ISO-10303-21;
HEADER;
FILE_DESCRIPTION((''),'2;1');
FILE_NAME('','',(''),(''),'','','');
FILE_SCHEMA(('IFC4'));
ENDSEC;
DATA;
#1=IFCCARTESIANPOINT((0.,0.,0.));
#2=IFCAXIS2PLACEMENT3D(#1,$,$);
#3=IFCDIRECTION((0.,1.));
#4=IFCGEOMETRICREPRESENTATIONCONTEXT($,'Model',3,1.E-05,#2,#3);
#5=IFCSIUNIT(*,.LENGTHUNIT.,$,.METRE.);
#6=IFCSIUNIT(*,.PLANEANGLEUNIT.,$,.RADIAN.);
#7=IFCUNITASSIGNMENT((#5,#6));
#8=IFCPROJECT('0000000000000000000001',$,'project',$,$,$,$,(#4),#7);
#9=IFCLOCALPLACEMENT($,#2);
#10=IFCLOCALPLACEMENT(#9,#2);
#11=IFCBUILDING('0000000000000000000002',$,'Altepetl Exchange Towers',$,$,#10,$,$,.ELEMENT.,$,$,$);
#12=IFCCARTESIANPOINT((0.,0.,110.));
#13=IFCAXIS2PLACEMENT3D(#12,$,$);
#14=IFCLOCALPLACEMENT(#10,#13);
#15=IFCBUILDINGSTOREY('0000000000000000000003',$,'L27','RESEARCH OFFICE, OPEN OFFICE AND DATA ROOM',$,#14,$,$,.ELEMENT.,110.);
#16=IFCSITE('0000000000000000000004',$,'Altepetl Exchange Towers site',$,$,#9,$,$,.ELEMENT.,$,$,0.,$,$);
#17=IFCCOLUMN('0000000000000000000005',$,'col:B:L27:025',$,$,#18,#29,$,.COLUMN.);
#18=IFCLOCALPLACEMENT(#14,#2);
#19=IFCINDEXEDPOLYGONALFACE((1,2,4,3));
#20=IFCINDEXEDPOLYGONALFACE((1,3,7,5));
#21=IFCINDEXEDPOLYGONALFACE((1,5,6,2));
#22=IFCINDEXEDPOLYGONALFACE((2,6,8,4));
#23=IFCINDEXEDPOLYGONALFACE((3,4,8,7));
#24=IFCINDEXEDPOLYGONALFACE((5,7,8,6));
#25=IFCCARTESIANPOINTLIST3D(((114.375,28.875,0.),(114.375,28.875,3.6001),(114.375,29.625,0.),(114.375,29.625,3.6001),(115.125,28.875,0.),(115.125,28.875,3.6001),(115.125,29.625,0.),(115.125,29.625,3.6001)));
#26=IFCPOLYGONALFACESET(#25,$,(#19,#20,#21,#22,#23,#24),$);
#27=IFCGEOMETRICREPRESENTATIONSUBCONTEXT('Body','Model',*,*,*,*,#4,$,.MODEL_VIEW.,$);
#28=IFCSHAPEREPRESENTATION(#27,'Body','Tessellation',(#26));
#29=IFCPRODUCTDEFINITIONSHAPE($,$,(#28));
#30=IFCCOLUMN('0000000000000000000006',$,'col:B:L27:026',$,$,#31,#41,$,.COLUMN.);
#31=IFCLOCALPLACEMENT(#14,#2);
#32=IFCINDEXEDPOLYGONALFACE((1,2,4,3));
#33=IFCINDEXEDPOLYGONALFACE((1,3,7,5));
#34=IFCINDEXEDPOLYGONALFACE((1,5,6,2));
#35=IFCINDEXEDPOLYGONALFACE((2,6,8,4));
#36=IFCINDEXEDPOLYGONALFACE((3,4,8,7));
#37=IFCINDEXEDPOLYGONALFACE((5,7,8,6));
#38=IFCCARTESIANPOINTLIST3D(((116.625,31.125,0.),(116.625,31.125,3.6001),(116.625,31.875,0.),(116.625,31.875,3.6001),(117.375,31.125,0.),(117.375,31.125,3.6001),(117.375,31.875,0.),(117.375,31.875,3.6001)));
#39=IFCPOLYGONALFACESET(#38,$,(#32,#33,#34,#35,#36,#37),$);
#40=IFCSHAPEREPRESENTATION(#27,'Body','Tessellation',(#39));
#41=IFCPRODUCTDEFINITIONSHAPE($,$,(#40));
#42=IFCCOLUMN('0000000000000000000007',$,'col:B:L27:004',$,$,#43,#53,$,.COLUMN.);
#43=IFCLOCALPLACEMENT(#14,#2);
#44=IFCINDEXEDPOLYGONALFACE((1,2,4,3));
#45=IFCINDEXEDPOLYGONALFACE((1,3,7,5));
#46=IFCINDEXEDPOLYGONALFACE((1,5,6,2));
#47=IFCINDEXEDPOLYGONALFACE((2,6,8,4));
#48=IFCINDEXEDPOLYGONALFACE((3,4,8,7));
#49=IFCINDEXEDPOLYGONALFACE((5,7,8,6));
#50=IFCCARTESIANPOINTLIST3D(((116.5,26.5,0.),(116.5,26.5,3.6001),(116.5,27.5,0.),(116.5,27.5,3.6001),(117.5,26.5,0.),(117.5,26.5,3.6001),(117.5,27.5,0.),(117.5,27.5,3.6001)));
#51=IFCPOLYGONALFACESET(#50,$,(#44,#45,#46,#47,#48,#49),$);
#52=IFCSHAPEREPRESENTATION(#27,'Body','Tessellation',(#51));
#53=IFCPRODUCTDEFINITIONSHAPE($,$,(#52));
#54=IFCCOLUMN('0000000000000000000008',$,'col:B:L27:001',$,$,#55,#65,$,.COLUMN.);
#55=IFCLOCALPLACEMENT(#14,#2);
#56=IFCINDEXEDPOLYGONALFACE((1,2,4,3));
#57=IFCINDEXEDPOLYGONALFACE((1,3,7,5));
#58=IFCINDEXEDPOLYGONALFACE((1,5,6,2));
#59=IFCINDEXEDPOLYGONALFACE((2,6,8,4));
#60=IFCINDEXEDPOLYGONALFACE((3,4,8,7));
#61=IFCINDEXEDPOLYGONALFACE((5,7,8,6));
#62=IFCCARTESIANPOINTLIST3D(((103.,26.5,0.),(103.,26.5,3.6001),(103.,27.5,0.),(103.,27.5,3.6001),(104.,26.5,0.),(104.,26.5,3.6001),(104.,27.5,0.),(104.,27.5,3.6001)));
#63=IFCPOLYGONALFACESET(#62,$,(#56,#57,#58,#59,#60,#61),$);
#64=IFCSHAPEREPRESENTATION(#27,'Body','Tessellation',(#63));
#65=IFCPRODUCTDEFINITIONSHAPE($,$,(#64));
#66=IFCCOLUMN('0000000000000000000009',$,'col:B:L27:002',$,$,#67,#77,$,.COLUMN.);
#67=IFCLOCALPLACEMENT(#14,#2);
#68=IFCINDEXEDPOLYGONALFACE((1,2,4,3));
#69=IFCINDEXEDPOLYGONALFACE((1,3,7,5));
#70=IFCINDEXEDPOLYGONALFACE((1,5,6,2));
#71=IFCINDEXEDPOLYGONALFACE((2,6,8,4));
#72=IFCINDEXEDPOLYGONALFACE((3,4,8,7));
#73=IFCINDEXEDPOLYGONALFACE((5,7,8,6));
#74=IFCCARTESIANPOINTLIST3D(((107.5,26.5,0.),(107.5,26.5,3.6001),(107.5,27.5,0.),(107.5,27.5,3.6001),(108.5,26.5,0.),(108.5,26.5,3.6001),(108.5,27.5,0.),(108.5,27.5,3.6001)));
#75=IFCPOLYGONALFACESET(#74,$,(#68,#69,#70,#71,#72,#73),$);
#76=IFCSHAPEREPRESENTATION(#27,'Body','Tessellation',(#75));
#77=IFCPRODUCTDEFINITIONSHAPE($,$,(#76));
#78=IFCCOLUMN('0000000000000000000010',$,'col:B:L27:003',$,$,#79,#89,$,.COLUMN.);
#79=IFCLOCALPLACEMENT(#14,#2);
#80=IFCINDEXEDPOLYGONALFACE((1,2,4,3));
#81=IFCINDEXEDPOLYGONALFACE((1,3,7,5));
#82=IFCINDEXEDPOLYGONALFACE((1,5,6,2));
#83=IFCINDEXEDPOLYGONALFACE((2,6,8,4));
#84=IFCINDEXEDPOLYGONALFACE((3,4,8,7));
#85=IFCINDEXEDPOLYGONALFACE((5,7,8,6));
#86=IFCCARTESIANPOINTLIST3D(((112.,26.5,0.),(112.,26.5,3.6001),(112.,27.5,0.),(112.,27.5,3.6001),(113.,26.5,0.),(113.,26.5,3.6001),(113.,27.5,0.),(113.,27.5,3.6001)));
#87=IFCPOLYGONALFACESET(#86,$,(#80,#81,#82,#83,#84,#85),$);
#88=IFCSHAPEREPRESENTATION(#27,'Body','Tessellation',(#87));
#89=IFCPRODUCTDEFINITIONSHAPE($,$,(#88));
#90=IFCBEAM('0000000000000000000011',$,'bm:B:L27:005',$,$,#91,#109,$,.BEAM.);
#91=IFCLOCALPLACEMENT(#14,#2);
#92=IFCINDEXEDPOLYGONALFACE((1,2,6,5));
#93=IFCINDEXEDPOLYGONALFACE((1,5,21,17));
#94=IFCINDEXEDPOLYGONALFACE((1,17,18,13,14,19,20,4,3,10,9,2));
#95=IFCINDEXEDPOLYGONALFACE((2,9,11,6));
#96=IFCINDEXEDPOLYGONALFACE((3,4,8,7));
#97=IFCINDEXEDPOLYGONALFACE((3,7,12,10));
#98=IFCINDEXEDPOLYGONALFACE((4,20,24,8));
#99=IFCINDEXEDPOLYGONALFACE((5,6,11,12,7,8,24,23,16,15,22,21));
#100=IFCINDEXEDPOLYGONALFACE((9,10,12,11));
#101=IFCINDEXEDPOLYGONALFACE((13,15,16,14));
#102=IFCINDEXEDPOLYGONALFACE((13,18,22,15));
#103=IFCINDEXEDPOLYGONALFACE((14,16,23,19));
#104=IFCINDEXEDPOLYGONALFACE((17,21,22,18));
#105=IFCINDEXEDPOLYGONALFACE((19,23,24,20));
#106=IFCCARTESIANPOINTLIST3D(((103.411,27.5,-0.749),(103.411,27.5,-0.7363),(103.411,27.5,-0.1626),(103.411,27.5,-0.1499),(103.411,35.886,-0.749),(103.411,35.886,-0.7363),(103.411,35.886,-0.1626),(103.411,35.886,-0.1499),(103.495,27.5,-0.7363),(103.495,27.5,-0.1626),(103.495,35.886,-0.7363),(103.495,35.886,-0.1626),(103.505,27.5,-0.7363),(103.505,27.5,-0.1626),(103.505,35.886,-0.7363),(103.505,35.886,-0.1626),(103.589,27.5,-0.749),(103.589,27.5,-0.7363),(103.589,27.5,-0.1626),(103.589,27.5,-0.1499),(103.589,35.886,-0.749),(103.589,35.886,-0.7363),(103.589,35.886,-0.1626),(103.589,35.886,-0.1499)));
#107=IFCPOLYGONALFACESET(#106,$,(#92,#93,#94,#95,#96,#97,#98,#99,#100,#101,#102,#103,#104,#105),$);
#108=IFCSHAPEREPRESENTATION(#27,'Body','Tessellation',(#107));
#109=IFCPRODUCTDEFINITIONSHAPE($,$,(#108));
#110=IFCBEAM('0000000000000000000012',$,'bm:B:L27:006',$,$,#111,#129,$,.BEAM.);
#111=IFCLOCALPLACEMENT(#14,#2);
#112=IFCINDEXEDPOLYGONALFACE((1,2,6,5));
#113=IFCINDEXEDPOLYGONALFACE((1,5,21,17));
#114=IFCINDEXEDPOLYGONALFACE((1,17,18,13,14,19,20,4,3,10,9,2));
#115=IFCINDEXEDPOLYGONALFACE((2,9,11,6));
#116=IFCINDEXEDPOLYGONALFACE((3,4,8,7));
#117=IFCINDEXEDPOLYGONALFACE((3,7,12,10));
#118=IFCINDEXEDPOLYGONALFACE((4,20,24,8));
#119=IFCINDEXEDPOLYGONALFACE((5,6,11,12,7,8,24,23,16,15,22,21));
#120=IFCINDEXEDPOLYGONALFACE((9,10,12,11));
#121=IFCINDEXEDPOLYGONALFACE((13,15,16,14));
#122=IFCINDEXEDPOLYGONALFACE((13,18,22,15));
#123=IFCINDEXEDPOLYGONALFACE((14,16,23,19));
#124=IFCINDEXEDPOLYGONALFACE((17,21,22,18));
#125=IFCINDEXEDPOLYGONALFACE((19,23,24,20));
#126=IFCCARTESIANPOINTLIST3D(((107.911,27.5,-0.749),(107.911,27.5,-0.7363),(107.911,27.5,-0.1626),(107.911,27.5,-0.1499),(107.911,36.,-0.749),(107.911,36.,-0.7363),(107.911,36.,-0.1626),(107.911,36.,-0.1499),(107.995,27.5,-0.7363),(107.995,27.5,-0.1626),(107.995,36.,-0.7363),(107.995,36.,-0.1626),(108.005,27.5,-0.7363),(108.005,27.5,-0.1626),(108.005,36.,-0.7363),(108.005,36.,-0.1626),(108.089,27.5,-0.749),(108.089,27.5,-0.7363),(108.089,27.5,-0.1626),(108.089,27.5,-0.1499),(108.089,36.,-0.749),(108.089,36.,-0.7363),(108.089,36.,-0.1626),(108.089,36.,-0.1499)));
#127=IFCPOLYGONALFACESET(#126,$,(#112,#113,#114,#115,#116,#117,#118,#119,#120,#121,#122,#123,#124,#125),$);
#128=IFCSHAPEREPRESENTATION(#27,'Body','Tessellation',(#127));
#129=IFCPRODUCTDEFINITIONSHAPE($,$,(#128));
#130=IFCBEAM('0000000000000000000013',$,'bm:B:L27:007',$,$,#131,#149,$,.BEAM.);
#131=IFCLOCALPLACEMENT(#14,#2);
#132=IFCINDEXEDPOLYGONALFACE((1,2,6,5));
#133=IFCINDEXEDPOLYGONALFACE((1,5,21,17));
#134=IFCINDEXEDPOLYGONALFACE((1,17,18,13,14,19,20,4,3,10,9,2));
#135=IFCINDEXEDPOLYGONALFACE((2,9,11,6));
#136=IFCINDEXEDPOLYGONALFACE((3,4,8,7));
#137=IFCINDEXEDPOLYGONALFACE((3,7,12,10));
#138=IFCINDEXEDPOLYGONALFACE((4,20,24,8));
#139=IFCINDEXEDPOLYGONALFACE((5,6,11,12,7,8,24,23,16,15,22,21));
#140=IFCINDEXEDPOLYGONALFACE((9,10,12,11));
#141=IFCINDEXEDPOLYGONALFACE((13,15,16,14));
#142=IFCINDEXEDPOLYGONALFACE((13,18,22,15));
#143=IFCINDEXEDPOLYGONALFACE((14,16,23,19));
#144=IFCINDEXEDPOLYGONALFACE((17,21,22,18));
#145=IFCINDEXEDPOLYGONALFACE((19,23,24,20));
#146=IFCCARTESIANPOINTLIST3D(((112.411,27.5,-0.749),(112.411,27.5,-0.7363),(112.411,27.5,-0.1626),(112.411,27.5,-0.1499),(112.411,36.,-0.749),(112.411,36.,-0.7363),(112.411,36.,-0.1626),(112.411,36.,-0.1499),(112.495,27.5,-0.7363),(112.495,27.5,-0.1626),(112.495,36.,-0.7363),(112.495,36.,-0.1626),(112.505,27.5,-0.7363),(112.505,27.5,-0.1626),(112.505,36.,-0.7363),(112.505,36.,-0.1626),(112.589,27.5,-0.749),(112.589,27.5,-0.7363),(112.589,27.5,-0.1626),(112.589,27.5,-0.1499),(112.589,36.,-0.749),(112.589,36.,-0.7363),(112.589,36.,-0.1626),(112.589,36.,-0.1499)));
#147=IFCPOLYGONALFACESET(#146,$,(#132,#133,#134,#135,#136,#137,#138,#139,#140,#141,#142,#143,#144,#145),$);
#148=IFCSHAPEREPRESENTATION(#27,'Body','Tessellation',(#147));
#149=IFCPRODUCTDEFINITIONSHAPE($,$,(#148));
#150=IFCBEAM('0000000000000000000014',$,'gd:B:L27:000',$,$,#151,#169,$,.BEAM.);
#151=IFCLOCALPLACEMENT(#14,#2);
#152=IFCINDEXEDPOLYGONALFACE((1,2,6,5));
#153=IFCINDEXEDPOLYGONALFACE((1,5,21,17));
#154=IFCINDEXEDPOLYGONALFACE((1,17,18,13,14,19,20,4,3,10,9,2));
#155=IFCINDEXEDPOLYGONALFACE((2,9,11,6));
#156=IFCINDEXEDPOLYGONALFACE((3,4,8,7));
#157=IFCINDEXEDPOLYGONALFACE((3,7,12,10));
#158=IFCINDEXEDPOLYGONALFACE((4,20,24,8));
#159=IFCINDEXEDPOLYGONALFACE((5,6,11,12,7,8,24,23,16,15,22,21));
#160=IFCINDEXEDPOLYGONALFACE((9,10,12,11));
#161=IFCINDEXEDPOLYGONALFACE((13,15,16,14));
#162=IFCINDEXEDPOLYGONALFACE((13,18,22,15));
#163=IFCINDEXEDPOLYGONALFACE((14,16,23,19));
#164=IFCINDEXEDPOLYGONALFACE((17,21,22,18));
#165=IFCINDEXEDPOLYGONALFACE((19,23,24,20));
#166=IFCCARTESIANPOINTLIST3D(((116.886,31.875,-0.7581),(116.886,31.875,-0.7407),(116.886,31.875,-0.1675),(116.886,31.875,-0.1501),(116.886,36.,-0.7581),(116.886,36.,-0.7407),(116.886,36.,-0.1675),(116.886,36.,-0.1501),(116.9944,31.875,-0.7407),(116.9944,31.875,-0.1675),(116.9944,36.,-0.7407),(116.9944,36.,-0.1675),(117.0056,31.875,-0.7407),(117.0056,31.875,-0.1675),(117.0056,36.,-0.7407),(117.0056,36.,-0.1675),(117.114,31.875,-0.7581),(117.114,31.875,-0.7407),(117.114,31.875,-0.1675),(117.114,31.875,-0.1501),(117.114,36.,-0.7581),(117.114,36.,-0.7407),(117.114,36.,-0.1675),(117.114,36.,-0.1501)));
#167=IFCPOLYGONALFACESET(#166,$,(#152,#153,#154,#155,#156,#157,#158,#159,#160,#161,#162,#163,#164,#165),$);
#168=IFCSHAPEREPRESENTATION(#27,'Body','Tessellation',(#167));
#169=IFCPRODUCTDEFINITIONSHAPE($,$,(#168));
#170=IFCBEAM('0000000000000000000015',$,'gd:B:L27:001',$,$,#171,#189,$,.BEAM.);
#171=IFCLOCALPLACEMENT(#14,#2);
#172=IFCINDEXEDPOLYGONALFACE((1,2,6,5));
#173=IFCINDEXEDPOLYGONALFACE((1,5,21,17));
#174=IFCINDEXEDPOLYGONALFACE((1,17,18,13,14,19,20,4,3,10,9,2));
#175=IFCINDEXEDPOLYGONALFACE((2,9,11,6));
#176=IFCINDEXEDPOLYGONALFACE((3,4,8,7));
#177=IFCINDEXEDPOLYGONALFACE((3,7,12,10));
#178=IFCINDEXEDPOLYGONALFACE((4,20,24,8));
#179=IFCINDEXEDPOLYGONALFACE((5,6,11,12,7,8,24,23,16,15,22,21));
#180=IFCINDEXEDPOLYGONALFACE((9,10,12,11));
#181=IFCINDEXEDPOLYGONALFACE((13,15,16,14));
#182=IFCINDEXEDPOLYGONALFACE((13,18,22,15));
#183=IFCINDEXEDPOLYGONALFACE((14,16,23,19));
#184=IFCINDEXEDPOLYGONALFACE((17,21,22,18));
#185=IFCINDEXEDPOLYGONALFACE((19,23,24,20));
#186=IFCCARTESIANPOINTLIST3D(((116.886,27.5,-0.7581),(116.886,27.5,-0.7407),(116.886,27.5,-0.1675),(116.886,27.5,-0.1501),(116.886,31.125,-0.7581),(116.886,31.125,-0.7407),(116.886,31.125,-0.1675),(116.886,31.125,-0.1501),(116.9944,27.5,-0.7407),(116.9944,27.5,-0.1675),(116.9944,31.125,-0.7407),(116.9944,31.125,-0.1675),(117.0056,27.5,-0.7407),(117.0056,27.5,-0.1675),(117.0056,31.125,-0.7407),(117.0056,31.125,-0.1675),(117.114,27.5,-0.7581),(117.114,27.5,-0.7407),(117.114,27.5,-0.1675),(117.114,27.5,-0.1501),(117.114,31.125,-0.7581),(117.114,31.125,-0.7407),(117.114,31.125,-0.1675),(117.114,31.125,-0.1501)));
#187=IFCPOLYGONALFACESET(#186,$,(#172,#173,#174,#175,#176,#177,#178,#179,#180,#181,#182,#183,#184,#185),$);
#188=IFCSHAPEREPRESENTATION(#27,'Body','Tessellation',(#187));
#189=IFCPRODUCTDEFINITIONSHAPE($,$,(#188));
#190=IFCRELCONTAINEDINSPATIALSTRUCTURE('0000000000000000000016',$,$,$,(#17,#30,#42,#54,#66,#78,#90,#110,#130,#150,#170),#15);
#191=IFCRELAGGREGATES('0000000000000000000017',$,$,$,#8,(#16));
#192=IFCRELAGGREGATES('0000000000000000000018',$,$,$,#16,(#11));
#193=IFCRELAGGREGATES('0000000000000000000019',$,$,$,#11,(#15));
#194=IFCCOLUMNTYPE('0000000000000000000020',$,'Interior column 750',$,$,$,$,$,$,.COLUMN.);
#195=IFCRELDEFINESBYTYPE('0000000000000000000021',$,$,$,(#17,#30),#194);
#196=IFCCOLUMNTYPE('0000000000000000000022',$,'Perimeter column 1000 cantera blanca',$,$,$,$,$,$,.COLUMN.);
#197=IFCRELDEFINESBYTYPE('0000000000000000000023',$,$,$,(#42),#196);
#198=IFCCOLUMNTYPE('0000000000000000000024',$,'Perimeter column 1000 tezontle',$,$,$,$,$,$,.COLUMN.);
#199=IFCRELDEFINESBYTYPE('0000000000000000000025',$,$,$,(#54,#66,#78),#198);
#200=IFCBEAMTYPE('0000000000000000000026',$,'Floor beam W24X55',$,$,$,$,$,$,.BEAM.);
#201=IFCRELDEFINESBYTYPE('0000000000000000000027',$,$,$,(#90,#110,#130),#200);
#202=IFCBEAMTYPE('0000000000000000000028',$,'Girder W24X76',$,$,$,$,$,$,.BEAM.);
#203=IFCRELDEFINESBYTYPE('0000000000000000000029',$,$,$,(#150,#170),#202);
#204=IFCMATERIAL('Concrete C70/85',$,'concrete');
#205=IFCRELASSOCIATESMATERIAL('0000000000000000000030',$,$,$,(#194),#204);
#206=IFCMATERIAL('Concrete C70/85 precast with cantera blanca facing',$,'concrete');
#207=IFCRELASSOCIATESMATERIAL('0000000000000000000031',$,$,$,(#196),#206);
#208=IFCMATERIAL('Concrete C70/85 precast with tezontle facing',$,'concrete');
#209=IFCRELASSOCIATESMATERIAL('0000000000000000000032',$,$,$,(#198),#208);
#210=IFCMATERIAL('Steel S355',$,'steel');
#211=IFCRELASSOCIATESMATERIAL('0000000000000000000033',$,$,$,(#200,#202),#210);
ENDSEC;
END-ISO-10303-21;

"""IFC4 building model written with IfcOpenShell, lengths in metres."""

from ifc_helpers import new_model, si_unit, direction, frame, origin, origin_2d, place, context, subcontext, project, spatial, rectangle, i_section, extrude, material, material_profile, profile_set, type_object, element, save


model = new_model("IFC4")

# Units and contexts
model_context = context("Model", 3, precision=1e-05, world=origin(), true_north=direction((0.0, 1.0)))
body_context = subcontext(model_context, "Body", "Model", "MODEL_VIEW")
ifc_project = project(units=[si_unit("LENGTHUNIT", "METRE"), si_unit("PLANEANGLEUNIT", "RADIAN")], contexts=[model_context])

# Site, building, storey
site_placement = place(None, origin())
site = spatial("IfcSite", under=ifc_project, at=site_placement, Name="Altepetl Exchange Towers site", CompositionType="ELEMENT", RefElevation=0.0)
building_placement = place(site_placement, origin())
building = spatial("IfcBuilding", under=site, at=building_placement, Name="Altepetl Exchange Towers", CompositionType="ELEMENT")
storey_placement = place(building_placement, frame((0.0, 0.0, 110.0)))
storey = spatial("IfcBuildingStorey", under=building, at=storey_placement, Name="L27", Description="RESEARCH OFFICE, OPEN OFFICE AND DATA ROOM", CompositionType="ELEMENT", Elevation=110.0)

# Columns
ifc_material_1 = material(Name="Concrete C70/85", Category="concrete")
ifc_material_profile_1 = material_profile(ifc_material_1, rectangle(XDim=0.75, YDim=0.75, at=origin_2d()), Name="750 x 750")
ifc_profile_set_1 = profile_set([ifc_material_profile_1], Name="Concrete C70/85")
column_type_1 = type_object("IfcColumnType", Name="Interior column 750", PredefinedType="COLUMN", material=ifc_profile_set_1)
for number, where, name in (
    (1, (114.75, 29.25, 0.0), "col:B:L27:025"),
    (2, (117.0, 31.5, 0.0), "col:B:L27:026"),
):
    element("IfcColumn", number, at=place(storey_placement, frame(where)), inside=storey, type_object=column_type_1, Name=name, PredefinedType="COLUMN", context=body_context, shape_type="SweptSolid", body=[
        extrude(rectangle(XDim=0.75, YDim=0.75, at=origin_2d()), origin(), (0.0, 0.0, 1.0), 3.6001),
    ])
ifc_material_2 = material(Name="Concrete C70/85 precast with cantera blanca facing", Category="concrete")
ifc_material_profile_2 = material_profile(ifc_material_2, rectangle(XDim=1.0, YDim=1.0, at=origin_2d()), Name="1000 x 1000")
ifc_profile_set_2 = profile_set([ifc_material_profile_2], Name="Concrete C70/85 precast with cantera blanca facing")
column_type_2 = type_object("IfcColumnType", Name="Perimeter column 1000 cantera blanca", PredefinedType="COLUMN", material=ifc_profile_set_2)
column_placement = place(storey_placement, frame((117.0, 27.0, 0.0)))
element("IfcColumn", 3, at=column_placement, inside=storey, type_object=column_type_2, Name="col:B:L27:004", PredefinedType="COLUMN", context=body_context, shape_type="SweptSolid", body=[
    extrude(rectangle(XDim=1.0, YDim=1.0, at=origin_2d()), origin(), (0.0, 0.0, 1.0), 3.6001),
])
ifc_material_3 = material(Name="Concrete C70/85 precast with tezontle facing", Category="concrete")
ifc_material_profile_3 = material_profile(ifc_material_3, rectangle(XDim=1.0, YDim=1.0, at=origin_2d()), Name="1000 x 1000")
ifc_profile_set_3 = profile_set([ifc_material_profile_3], Name="Concrete C70/85 precast with tezontle facing")
column_type_3 = type_object("IfcColumnType", Name="Perimeter column 1000 tezontle", PredefinedType="COLUMN", material=ifc_profile_set_3)
for number, where, name in (
    (4, (103.5, 27.0, 0.0), "col:B:L27:001"),
    (5, (108.0, 27.0, 0.0), "col:B:L27:002"),
    (6, (112.5, 27.0, 0.0), "col:B:L27:003"),
):
    element("IfcColumn", number, at=place(storey_placement, frame(where)), inside=storey, type_object=column_type_3, Name=name, PredefinedType="COLUMN", context=body_context, shape_type="SweptSolid", body=[
        extrude(rectangle(XDim=1.0, YDim=1.0, at=origin_2d()), origin(), (0.0, 0.0, 1.0), 3.6001),
    ])

# Beams
ifc_material_4 = material(Name="Steel S355", Category="steel")
ifc_material_profile_4 = material_profile(ifc_material_4, i_section(OverallWidth=0.178, OverallDepth=0.5991, WebThickness=0.01, FlangeThickness=0.0127, at=origin_2d()), Name="W24X55")
ifc_profile_set_4 = profile_set([ifc_material_profile_4], Name="Steel S355")
beam_type_1 = type_object("IfcBeamType", Name="Floor beam W24X55", PredefinedType="BEAM", material=ifc_profile_set_4)
beam_1_placement = place(storey_placement, frame((103.5, 27.5, -0.4495), z_axis=(0.0, 1.0, 0.0), x_axis=(-1.0, 0.0, 0.0)))
element("IfcBeam", 7, at=beam_1_placement, inside=storey, type_object=beam_type_1, Name="bm:B:L27:005", PredefinedType="BEAM", context=body_context, shape_type="SweptSolid", body=[
    extrude(i_section(OverallWidth=0.178, OverallDepth=0.5991, WebThickness=0.01, FlangeThickness=0.0127, at=origin_2d()), origin(), (0.0, 0.0, 1.0), 8.386),
])
for number, where, z_axis, x_axis, name in (
    (8, (108.0, 27.5, -0.4495), (0.0, 1.0, 0.0), (-1.0, 0.0, 0.0), "bm:B:L27:006"),
    (9, (112.5, 27.5, -0.4495), (0.0, 1.0, 0.0), (-1.0, 0.0, 0.0), "bm:B:L27:007"),
):
    element("IfcBeam", number, at=place(storey_placement, frame(where, z_axis=z_axis, x_axis=x_axis)), inside=storey, type_object=beam_type_1, Name=name, PredefinedType="BEAM", context=body_context, shape_type="SweptSolid", body=[
        extrude(i_section(OverallWidth=0.178, OverallDepth=0.5991, WebThickness=0.01, FlangeThickness=0.0127, at=origin_2d()), origin(), (0.0, 0.0, 1.0), 8.5),
    ])
ifc_material_profile_5 = material_profile(ifc_material_4, i_section(OverallWidth=0.228, OverallDepth=0.6079, WebThickness=0.0112, FlangeThickness=0.0173, at=origin_2d()), Name="W24X76")
ifc_profile_set_5 = profile_set([ifc_material_profile_5], Name="Steel S355")
beam_type_2 = type_object("IfcBeamType", Name="Girder W24X76", PredefinedType="BEAM", material=ifc_profile_set_5)
beam_2_placement = place(storey_placement, frame((117.0, 36.0, -0.4541), z_axis=(0.0, -1.0, 0.0), x_axis=(1.0, 0.0, 0.0)))
element("IfcBeam", 10, at=beam_2_placement, inside=storey, type_object=beam_type_2, Name="gd:B:L27:000", PredefinedType="BEAM", context=body_context, shape_type="SweptSolid", body=[
    extrude(i_section(OverallWidth=0.228, OverallDepth=0.6079, WebThickness=0.0112, FlangeThickness=0.0173, at=origin_2d()), origin(), (0.0, 0.0, 1.0), 4.125),
])
beam_3_placement = place(storey_placement, frame((117.0, 31.125, -0.4541), z_axis=(0.0, -1.0, 0.0), x_axis=(1.0, 0.0, 0.0)))
element("IfcBeam", 11, at=beam_3_placement, inside=storey, type_object=beam_type_2, Name="gd:B:L27:001", PredefinedType="BEAM", context=body_context, shape_type="SweptSolid", body=[
    extrude(i_section(OverallWidth=0.228, OverallDepth=0.6079, WebThickness=0.0112, FlangeThickness=0.0173, at=origin_2d()), origin(), (0.0, 0.0, 1.0), 3.625),
])

save(model, "model.ifc")
